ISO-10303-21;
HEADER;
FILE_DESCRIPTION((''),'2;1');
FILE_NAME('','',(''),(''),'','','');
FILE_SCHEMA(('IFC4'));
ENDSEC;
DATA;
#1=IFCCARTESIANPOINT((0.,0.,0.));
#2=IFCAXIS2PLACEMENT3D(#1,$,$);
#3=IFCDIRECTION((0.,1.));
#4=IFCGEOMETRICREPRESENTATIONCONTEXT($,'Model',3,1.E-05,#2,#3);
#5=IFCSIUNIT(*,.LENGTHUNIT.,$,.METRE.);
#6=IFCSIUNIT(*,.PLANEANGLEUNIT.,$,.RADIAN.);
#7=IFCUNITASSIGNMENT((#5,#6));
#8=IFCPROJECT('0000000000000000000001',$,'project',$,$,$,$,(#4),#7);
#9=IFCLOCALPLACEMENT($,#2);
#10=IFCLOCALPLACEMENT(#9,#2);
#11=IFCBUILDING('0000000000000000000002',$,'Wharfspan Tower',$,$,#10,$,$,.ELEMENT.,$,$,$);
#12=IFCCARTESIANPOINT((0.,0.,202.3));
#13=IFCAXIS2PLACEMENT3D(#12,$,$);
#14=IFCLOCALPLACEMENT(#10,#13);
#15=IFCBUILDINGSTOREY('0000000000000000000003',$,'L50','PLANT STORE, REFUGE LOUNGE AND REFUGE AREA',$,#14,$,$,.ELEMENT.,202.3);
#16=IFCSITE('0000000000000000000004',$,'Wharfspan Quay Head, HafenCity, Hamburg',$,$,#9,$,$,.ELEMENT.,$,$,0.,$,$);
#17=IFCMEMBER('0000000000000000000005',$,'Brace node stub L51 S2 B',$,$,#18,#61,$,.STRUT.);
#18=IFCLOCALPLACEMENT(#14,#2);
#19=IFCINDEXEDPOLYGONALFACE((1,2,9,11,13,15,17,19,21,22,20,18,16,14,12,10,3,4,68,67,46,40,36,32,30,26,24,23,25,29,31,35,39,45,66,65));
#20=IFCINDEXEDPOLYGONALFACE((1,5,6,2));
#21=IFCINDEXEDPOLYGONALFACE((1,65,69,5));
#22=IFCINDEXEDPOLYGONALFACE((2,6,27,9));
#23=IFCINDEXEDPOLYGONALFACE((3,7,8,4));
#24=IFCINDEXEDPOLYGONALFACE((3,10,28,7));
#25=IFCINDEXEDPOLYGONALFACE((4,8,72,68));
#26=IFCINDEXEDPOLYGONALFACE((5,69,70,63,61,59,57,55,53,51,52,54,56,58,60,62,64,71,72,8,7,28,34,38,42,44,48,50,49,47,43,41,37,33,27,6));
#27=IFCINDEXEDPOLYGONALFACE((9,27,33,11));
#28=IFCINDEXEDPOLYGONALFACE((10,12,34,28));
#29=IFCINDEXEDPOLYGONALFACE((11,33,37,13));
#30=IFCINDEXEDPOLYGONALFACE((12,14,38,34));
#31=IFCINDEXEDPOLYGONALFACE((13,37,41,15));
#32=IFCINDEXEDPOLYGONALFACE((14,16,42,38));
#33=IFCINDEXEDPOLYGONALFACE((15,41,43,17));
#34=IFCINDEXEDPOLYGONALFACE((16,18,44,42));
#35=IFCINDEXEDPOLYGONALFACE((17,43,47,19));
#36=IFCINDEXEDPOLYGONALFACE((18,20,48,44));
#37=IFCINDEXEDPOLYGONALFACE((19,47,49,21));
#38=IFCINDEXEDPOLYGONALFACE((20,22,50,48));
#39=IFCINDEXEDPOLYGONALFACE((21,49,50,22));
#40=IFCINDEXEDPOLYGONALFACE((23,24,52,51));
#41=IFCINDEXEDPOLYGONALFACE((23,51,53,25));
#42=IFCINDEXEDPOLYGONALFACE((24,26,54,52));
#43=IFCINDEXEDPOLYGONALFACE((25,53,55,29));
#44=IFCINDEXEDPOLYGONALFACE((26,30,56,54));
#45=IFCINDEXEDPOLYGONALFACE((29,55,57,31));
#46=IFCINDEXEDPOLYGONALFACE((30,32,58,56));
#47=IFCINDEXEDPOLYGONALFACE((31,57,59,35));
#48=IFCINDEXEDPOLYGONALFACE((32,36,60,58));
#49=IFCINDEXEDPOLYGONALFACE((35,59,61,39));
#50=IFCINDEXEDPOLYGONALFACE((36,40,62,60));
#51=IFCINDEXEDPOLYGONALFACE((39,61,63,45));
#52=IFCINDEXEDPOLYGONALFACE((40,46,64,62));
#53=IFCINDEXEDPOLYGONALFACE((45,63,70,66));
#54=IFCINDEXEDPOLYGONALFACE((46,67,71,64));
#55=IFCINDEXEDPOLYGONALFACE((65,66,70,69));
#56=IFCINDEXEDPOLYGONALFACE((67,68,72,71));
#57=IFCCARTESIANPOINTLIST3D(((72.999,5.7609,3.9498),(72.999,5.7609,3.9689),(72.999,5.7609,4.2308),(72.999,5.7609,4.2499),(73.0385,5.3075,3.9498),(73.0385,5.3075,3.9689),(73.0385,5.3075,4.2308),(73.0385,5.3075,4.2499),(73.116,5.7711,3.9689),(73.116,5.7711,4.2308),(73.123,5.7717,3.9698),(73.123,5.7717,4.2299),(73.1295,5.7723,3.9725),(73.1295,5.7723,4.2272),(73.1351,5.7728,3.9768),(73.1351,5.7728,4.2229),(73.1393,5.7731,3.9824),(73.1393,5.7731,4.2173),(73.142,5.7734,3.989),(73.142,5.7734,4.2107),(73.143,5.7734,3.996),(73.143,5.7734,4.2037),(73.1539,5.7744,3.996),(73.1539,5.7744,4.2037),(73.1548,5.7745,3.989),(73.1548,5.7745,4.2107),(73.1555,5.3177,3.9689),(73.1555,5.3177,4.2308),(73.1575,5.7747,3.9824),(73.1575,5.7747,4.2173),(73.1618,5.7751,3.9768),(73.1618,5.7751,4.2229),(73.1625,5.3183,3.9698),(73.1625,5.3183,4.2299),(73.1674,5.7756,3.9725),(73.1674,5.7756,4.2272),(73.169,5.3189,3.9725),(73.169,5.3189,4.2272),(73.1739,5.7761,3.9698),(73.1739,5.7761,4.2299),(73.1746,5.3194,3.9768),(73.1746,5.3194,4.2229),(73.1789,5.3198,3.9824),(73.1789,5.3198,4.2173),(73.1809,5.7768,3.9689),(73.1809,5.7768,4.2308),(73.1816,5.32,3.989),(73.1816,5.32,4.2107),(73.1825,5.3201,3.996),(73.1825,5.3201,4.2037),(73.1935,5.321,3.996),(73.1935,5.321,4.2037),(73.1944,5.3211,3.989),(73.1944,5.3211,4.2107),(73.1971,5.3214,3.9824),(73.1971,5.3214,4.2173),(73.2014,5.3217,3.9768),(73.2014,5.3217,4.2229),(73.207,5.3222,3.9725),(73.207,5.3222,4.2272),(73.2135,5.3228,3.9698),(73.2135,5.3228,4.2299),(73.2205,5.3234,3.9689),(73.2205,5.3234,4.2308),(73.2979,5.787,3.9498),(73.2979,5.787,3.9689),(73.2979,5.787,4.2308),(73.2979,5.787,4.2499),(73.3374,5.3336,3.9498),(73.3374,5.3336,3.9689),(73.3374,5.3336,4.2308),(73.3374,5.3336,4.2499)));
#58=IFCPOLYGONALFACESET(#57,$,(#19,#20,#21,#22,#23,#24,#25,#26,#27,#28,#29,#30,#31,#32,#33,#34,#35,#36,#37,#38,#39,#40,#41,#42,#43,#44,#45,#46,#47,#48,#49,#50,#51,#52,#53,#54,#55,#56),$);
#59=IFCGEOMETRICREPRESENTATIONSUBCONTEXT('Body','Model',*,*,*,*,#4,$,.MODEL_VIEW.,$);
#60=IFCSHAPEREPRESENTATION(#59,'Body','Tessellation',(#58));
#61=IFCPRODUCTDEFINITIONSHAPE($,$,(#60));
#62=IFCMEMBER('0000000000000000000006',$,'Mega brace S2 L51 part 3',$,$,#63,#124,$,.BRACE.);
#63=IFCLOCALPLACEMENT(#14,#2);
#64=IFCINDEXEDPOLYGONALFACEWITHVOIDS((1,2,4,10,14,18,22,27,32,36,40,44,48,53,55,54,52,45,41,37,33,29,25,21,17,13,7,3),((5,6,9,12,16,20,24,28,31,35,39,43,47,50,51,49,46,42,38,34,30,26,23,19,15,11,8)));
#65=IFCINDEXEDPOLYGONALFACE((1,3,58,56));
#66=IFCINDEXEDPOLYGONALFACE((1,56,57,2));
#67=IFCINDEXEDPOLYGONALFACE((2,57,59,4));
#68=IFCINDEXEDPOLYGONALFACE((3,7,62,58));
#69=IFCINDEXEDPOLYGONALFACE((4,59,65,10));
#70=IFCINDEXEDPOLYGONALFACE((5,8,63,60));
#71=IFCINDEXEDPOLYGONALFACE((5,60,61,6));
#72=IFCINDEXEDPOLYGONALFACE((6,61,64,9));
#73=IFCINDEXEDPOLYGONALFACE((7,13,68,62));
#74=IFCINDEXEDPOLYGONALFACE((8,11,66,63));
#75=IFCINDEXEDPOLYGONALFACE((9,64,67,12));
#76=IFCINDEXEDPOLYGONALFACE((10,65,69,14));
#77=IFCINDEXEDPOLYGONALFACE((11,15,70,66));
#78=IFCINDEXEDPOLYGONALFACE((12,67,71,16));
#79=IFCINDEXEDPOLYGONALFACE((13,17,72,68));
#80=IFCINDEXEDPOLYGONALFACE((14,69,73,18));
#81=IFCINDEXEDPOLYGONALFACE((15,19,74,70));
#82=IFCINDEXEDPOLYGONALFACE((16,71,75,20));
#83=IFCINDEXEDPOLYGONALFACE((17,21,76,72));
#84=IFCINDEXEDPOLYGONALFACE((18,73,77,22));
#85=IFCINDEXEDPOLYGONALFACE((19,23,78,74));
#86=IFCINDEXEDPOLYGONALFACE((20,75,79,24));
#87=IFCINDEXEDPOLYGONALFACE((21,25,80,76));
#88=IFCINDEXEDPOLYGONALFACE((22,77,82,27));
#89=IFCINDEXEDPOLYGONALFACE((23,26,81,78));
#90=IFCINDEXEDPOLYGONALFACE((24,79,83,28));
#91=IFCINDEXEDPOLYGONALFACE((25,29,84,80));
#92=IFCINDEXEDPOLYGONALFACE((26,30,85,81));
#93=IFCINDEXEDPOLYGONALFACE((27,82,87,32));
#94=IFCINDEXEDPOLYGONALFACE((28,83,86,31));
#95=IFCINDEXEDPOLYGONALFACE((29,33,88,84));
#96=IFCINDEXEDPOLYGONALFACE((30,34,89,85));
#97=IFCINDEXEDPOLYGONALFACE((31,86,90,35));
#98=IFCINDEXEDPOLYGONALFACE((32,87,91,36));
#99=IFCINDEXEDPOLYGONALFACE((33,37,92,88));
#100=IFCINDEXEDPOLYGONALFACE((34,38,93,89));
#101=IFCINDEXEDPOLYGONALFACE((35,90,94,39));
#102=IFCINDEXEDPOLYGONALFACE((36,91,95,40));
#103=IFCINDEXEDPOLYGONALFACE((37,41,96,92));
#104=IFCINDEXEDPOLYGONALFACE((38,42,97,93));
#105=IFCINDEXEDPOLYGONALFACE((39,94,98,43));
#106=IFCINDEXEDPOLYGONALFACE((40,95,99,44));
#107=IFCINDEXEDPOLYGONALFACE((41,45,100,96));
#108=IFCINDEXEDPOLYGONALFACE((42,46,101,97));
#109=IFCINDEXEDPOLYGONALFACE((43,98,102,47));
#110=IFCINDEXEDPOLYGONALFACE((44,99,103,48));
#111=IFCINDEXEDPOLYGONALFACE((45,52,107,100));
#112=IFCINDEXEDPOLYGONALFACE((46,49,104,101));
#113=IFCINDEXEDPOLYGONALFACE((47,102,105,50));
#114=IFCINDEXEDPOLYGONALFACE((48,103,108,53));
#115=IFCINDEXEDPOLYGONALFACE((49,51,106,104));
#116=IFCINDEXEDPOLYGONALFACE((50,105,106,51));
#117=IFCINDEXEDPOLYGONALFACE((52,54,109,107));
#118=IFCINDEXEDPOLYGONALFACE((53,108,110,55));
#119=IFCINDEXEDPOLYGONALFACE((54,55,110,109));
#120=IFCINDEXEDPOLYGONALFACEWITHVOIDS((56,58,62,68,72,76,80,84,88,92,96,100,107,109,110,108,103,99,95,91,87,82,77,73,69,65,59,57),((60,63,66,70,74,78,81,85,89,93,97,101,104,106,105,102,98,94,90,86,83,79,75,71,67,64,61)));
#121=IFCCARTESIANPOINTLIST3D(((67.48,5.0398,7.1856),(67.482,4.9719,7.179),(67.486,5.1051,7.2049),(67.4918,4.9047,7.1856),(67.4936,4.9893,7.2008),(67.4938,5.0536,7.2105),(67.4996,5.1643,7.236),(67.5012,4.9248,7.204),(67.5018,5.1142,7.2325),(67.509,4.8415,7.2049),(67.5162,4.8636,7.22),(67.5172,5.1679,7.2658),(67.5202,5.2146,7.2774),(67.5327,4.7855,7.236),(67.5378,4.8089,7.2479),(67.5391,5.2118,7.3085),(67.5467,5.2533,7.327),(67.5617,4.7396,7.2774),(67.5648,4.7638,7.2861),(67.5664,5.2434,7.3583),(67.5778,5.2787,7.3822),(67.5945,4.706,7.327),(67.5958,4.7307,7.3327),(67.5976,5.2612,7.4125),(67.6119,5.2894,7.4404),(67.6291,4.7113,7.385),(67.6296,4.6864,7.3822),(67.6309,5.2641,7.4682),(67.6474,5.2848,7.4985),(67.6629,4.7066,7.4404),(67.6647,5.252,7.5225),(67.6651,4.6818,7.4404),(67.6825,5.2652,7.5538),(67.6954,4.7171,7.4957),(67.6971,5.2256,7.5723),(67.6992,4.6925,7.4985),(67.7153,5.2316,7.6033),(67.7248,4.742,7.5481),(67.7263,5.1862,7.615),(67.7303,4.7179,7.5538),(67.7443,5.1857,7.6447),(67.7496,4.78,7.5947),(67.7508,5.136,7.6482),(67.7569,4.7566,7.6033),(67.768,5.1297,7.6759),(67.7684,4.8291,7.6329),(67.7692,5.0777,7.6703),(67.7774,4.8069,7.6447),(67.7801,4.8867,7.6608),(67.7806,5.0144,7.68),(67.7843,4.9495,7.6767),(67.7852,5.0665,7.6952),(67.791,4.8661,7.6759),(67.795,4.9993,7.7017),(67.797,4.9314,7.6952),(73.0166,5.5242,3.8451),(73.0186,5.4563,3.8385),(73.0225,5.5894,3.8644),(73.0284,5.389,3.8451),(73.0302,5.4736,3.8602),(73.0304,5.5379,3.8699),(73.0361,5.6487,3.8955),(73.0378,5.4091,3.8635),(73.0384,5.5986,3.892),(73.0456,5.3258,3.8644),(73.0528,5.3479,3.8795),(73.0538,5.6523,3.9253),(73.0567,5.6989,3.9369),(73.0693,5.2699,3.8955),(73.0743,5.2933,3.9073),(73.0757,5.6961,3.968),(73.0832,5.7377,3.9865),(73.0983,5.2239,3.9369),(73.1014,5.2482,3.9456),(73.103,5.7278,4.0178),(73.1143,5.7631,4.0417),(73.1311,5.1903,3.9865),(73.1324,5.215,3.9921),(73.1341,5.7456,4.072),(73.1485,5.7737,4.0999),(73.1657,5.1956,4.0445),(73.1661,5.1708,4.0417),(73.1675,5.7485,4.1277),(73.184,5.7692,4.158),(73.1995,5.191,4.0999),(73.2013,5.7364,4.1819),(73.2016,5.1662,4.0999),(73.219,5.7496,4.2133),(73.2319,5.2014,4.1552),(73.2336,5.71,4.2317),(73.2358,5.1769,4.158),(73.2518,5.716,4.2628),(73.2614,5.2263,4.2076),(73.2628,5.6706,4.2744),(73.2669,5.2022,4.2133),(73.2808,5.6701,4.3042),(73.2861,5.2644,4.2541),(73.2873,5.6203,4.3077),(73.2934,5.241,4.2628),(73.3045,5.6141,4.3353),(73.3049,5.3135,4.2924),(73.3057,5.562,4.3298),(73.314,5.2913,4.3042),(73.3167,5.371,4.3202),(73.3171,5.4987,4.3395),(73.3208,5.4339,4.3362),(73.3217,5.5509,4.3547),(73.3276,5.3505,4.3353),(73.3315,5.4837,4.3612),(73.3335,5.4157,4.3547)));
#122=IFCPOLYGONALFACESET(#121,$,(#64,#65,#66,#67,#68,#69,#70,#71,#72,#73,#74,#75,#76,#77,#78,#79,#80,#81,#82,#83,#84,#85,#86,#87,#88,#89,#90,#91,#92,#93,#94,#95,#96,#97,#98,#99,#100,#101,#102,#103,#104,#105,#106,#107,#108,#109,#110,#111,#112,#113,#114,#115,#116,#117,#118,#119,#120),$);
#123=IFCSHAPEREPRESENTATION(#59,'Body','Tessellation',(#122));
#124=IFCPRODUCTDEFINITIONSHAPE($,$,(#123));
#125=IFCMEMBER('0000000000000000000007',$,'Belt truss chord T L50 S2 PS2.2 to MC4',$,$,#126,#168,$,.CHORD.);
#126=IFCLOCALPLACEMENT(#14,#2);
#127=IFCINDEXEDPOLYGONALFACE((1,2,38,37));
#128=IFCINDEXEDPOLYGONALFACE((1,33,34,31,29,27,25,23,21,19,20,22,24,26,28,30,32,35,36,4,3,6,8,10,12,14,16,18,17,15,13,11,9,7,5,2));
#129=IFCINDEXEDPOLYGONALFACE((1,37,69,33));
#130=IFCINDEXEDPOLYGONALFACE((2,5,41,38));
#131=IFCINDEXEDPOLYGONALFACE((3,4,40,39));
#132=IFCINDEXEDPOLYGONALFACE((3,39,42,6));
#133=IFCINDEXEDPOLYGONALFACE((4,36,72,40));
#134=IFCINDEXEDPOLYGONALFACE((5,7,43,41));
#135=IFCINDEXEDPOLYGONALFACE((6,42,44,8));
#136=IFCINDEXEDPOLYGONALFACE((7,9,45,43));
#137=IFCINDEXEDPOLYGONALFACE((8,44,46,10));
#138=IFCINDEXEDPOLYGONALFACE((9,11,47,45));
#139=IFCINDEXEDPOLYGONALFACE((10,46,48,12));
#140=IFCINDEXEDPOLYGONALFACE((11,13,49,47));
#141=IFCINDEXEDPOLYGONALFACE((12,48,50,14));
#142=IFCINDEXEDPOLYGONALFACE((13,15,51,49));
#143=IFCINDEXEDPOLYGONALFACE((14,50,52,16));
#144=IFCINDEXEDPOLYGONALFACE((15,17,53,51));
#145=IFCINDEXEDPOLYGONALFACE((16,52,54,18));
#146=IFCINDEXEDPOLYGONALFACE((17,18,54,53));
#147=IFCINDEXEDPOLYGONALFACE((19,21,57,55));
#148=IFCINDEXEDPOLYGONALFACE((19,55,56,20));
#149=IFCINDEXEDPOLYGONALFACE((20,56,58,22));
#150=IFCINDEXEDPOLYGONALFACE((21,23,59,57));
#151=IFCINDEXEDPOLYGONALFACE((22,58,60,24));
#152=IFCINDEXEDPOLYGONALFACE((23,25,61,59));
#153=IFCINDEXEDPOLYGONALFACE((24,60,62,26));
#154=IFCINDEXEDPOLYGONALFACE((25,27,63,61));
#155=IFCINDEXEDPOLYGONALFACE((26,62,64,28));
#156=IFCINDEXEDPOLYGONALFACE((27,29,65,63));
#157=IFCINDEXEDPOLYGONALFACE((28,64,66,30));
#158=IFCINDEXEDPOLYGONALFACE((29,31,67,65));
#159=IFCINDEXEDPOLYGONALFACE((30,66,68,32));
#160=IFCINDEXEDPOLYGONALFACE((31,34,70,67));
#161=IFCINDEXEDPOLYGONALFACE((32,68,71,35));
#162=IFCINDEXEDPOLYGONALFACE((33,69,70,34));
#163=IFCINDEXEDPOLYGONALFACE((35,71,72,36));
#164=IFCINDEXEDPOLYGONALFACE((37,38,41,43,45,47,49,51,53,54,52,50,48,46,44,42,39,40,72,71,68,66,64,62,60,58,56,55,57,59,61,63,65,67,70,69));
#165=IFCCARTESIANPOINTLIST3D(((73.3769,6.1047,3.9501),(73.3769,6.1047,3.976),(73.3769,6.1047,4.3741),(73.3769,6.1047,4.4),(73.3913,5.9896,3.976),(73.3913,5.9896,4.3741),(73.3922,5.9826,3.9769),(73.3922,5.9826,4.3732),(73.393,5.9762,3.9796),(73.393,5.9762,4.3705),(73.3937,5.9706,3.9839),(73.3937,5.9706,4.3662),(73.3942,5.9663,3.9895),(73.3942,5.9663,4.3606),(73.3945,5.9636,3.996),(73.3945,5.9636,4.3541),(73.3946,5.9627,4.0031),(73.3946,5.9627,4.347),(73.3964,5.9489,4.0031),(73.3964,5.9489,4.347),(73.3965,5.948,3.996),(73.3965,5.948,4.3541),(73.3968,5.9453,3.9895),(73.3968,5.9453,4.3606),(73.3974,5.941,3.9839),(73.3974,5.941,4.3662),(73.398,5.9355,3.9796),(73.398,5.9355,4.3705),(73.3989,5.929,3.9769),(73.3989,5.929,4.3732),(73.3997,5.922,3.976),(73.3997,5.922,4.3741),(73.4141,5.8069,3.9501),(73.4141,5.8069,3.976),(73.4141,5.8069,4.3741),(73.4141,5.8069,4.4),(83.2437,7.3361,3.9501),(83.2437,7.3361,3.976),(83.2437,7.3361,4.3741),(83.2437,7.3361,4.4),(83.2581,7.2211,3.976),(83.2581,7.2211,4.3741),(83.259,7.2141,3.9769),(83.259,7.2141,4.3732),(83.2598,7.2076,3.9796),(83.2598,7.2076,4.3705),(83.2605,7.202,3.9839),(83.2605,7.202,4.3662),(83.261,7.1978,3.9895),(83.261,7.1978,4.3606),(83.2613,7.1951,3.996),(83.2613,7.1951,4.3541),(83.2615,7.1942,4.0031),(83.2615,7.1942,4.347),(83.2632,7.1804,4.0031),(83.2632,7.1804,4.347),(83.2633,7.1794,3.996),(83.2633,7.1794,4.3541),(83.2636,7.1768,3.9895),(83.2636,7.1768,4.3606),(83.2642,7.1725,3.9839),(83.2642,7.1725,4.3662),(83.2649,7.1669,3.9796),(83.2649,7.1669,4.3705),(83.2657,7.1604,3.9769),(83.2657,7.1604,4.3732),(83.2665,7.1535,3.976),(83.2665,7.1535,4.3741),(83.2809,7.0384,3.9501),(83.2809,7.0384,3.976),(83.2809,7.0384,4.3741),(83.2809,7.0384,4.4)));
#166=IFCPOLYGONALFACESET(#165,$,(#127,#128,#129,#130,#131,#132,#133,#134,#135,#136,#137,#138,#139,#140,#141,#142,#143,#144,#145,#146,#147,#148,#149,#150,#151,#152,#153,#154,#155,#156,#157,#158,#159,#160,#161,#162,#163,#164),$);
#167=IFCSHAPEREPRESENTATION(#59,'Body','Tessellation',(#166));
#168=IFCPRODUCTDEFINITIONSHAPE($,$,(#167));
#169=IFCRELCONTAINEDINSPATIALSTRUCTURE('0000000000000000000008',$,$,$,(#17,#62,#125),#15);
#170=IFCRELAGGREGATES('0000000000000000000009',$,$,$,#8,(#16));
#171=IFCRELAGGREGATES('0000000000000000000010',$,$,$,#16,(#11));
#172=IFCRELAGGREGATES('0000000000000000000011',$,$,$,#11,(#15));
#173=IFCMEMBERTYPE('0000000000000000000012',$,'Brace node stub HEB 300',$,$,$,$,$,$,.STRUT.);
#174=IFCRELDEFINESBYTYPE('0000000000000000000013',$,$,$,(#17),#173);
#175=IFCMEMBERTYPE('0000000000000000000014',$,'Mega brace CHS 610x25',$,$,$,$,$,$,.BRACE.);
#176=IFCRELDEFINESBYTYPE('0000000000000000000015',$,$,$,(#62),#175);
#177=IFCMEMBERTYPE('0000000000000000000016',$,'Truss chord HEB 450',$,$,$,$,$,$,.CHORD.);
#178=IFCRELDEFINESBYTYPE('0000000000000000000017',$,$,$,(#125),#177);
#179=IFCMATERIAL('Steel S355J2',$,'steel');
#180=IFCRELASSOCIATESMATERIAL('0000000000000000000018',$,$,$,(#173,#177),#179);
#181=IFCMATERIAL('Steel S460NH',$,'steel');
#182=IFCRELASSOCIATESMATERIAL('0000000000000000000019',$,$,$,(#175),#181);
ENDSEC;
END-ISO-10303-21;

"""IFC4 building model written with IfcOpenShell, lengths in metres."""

from ifc_helpers import new_model, si_unit, direction, frame, origin, origin_2d, place, context, subcontext, project, spatial, hollow_circle, i_section, extrude, material, material_profile, profile_set, type_object, element, save


model = new_model("IFC4")

# Units and contexts
model_context = context("Model", 3, precision=1e-05, world=origin(), true_north=direction((0.0, 1.0)))
body_context = subcontext(model_context, "Body", "Model", "MODEL_VIEW")
ifc_project = project(units=[si_unit("LENGTHUNIT", "METRE"), si_unit("PLANEANGLEUNIT", "RADIAN")], contexts=[model_context])

# Site, building, storey
site_placement = place(None, origin())
site = spatial("IfcSite", under=ifc_project, at=site_placement, Name="Wharfspan Quay Head, HafenCity, Hamburg", CompositionType="ELEMENT", RefElevation=0.0)
building_placement = place(site_placement, origin())
building = spatial("IfcBuilding", under=site, at=building_placement, Name="Wharfspan Tower", CompositionType="ELEMENT")
storey_placement = place(building_placement, frame((0.0, 0.0, 202.3)))
storey = spatial("IfcBuildingStorey", under=building, at=storey_placement, Name="L50", Description="PLANT STORE, REFUGE LOUNGE AND REFUGE AREA", CompositionType="ELEMENT", Elevation=202.3)

# Members
ifc_material_1 = material(Name="Steel S355J2", Category="steel")
ifc_material_profile_1 = material_profile(ifc_material_1, i_section(OverallWidth=0.3, OverallDepth=0.3, WebThickness=0.011, FlangeThickness=0.019, FilletRadius=0.0271, at=origin_2d()))
ifc_profile_set_1 = profile_set([ifc_material_profile_1], Name="Steel S355J2")
member_type_1 = type_object("IfcMemberType", Name="Brace node stub HEB 300", PredefinedType="STRUT", material=ifc_profile_set_1)
member_1_placement = place(storey_placement, frame((73.1484, 5.7739, 4.0999), z_axis=(0.086907, -0.996216, 0.0), x_axis=(0.996216, 0.086907, 0.0)))
element("IfcMember", 1, at=member_1_placement, inside=storey, type_object=member_type_1, Name="Brace node stub L51 S2 B", PredefinedType="STRUT", context=body_context, shape_type="SweptSolid", body=[
    extrude(i_section(OverallWidth=0.3, OverallDepth=0.3, WebThickness=0.011, FlangeThickness=0.019, FilletRadius=0.0271, at=origin_2d()), origin(), (0.0, 0.0, 1.0), 0.4551),
])
ifc_material_2 = material(Name="Steel S460NH", Category="steel")
ifc_material_profile_2 = material_profile(ifc_material_2, hollow_circle(Radius=0.3049, WallThickness=0.0249, at=origin_2d()))
ifc_profile_set_2 = profile_set([ifc_material_profile_2], Name="Steel S460NH")
member_type_2 = type_object("IfcMemberType", Name="Mega brace CHS 610x25", PredefinedType="BRACE", material=ifc_profile_set_2)
member_2_placement = place(storey_placement, frame((73.175, 5.47, 4.0999), z_axis=(-0.853829, -0.074698, 0.515166), x_axis=(0.087155, -0.996197, 0.000003)))
element("IfcMember", 2, at=member_2_placement, inside=storey, type_object=member_type_2, Name="Mega brace S2 L51 part 3", PredefinedType="BRACE", context=body_context, shape_type="SweptSolid", body=[
    extrude(hollow_circle(Radius=0.3049, WallThickness=0.0249, at=origin_2d()), origin(), (0.0, 0.0, 1.0), 6.4844),
])
ifc_material_profile_3 = material_profile(ifc_material_1, i_section(OverallWidth=0.3, OverallDepth=0.45, WebThickness=0.0139, FlangeThickness=0.0259, FilletRadius=0.0271, at=origin_2d()))
ifc_profile_set_3 = profile_set([ifc_material_profile_3], Name="Steel S355J2")
member_type_3 = type_object("IfcMemberType", Name="Truss chord HEB 450", PredefinedType="CHORD", material=ifc_profile_set_3)
member_3_placement = place(storey_placement, frame((73.3955, 5.9558, 4.175), z_axis=(0.992301, 0.123847, 0.0), x_axis=(-0.123847, 0.992301, 0.0)))
element("IfcMember", 3, at=member_3_placement, inside=storey, type_object=member_type_3, Name="Belt truss chord T L50 S2 PS2.2 to MC4", PredefinedType="CHORD", context=body_context, shape_type="SweptSolid", body=[
    extrude(i_section(OverallWidth=0.3, OverallDepth=0.45, WebThickness=0.0139, FlangeThickness=0.0259, FilletRadius=0.0271, at=origin_2d()), origin(), (0.0, 0.0, 1.0), 9.9434),
])

save(model, "model.ifc")
